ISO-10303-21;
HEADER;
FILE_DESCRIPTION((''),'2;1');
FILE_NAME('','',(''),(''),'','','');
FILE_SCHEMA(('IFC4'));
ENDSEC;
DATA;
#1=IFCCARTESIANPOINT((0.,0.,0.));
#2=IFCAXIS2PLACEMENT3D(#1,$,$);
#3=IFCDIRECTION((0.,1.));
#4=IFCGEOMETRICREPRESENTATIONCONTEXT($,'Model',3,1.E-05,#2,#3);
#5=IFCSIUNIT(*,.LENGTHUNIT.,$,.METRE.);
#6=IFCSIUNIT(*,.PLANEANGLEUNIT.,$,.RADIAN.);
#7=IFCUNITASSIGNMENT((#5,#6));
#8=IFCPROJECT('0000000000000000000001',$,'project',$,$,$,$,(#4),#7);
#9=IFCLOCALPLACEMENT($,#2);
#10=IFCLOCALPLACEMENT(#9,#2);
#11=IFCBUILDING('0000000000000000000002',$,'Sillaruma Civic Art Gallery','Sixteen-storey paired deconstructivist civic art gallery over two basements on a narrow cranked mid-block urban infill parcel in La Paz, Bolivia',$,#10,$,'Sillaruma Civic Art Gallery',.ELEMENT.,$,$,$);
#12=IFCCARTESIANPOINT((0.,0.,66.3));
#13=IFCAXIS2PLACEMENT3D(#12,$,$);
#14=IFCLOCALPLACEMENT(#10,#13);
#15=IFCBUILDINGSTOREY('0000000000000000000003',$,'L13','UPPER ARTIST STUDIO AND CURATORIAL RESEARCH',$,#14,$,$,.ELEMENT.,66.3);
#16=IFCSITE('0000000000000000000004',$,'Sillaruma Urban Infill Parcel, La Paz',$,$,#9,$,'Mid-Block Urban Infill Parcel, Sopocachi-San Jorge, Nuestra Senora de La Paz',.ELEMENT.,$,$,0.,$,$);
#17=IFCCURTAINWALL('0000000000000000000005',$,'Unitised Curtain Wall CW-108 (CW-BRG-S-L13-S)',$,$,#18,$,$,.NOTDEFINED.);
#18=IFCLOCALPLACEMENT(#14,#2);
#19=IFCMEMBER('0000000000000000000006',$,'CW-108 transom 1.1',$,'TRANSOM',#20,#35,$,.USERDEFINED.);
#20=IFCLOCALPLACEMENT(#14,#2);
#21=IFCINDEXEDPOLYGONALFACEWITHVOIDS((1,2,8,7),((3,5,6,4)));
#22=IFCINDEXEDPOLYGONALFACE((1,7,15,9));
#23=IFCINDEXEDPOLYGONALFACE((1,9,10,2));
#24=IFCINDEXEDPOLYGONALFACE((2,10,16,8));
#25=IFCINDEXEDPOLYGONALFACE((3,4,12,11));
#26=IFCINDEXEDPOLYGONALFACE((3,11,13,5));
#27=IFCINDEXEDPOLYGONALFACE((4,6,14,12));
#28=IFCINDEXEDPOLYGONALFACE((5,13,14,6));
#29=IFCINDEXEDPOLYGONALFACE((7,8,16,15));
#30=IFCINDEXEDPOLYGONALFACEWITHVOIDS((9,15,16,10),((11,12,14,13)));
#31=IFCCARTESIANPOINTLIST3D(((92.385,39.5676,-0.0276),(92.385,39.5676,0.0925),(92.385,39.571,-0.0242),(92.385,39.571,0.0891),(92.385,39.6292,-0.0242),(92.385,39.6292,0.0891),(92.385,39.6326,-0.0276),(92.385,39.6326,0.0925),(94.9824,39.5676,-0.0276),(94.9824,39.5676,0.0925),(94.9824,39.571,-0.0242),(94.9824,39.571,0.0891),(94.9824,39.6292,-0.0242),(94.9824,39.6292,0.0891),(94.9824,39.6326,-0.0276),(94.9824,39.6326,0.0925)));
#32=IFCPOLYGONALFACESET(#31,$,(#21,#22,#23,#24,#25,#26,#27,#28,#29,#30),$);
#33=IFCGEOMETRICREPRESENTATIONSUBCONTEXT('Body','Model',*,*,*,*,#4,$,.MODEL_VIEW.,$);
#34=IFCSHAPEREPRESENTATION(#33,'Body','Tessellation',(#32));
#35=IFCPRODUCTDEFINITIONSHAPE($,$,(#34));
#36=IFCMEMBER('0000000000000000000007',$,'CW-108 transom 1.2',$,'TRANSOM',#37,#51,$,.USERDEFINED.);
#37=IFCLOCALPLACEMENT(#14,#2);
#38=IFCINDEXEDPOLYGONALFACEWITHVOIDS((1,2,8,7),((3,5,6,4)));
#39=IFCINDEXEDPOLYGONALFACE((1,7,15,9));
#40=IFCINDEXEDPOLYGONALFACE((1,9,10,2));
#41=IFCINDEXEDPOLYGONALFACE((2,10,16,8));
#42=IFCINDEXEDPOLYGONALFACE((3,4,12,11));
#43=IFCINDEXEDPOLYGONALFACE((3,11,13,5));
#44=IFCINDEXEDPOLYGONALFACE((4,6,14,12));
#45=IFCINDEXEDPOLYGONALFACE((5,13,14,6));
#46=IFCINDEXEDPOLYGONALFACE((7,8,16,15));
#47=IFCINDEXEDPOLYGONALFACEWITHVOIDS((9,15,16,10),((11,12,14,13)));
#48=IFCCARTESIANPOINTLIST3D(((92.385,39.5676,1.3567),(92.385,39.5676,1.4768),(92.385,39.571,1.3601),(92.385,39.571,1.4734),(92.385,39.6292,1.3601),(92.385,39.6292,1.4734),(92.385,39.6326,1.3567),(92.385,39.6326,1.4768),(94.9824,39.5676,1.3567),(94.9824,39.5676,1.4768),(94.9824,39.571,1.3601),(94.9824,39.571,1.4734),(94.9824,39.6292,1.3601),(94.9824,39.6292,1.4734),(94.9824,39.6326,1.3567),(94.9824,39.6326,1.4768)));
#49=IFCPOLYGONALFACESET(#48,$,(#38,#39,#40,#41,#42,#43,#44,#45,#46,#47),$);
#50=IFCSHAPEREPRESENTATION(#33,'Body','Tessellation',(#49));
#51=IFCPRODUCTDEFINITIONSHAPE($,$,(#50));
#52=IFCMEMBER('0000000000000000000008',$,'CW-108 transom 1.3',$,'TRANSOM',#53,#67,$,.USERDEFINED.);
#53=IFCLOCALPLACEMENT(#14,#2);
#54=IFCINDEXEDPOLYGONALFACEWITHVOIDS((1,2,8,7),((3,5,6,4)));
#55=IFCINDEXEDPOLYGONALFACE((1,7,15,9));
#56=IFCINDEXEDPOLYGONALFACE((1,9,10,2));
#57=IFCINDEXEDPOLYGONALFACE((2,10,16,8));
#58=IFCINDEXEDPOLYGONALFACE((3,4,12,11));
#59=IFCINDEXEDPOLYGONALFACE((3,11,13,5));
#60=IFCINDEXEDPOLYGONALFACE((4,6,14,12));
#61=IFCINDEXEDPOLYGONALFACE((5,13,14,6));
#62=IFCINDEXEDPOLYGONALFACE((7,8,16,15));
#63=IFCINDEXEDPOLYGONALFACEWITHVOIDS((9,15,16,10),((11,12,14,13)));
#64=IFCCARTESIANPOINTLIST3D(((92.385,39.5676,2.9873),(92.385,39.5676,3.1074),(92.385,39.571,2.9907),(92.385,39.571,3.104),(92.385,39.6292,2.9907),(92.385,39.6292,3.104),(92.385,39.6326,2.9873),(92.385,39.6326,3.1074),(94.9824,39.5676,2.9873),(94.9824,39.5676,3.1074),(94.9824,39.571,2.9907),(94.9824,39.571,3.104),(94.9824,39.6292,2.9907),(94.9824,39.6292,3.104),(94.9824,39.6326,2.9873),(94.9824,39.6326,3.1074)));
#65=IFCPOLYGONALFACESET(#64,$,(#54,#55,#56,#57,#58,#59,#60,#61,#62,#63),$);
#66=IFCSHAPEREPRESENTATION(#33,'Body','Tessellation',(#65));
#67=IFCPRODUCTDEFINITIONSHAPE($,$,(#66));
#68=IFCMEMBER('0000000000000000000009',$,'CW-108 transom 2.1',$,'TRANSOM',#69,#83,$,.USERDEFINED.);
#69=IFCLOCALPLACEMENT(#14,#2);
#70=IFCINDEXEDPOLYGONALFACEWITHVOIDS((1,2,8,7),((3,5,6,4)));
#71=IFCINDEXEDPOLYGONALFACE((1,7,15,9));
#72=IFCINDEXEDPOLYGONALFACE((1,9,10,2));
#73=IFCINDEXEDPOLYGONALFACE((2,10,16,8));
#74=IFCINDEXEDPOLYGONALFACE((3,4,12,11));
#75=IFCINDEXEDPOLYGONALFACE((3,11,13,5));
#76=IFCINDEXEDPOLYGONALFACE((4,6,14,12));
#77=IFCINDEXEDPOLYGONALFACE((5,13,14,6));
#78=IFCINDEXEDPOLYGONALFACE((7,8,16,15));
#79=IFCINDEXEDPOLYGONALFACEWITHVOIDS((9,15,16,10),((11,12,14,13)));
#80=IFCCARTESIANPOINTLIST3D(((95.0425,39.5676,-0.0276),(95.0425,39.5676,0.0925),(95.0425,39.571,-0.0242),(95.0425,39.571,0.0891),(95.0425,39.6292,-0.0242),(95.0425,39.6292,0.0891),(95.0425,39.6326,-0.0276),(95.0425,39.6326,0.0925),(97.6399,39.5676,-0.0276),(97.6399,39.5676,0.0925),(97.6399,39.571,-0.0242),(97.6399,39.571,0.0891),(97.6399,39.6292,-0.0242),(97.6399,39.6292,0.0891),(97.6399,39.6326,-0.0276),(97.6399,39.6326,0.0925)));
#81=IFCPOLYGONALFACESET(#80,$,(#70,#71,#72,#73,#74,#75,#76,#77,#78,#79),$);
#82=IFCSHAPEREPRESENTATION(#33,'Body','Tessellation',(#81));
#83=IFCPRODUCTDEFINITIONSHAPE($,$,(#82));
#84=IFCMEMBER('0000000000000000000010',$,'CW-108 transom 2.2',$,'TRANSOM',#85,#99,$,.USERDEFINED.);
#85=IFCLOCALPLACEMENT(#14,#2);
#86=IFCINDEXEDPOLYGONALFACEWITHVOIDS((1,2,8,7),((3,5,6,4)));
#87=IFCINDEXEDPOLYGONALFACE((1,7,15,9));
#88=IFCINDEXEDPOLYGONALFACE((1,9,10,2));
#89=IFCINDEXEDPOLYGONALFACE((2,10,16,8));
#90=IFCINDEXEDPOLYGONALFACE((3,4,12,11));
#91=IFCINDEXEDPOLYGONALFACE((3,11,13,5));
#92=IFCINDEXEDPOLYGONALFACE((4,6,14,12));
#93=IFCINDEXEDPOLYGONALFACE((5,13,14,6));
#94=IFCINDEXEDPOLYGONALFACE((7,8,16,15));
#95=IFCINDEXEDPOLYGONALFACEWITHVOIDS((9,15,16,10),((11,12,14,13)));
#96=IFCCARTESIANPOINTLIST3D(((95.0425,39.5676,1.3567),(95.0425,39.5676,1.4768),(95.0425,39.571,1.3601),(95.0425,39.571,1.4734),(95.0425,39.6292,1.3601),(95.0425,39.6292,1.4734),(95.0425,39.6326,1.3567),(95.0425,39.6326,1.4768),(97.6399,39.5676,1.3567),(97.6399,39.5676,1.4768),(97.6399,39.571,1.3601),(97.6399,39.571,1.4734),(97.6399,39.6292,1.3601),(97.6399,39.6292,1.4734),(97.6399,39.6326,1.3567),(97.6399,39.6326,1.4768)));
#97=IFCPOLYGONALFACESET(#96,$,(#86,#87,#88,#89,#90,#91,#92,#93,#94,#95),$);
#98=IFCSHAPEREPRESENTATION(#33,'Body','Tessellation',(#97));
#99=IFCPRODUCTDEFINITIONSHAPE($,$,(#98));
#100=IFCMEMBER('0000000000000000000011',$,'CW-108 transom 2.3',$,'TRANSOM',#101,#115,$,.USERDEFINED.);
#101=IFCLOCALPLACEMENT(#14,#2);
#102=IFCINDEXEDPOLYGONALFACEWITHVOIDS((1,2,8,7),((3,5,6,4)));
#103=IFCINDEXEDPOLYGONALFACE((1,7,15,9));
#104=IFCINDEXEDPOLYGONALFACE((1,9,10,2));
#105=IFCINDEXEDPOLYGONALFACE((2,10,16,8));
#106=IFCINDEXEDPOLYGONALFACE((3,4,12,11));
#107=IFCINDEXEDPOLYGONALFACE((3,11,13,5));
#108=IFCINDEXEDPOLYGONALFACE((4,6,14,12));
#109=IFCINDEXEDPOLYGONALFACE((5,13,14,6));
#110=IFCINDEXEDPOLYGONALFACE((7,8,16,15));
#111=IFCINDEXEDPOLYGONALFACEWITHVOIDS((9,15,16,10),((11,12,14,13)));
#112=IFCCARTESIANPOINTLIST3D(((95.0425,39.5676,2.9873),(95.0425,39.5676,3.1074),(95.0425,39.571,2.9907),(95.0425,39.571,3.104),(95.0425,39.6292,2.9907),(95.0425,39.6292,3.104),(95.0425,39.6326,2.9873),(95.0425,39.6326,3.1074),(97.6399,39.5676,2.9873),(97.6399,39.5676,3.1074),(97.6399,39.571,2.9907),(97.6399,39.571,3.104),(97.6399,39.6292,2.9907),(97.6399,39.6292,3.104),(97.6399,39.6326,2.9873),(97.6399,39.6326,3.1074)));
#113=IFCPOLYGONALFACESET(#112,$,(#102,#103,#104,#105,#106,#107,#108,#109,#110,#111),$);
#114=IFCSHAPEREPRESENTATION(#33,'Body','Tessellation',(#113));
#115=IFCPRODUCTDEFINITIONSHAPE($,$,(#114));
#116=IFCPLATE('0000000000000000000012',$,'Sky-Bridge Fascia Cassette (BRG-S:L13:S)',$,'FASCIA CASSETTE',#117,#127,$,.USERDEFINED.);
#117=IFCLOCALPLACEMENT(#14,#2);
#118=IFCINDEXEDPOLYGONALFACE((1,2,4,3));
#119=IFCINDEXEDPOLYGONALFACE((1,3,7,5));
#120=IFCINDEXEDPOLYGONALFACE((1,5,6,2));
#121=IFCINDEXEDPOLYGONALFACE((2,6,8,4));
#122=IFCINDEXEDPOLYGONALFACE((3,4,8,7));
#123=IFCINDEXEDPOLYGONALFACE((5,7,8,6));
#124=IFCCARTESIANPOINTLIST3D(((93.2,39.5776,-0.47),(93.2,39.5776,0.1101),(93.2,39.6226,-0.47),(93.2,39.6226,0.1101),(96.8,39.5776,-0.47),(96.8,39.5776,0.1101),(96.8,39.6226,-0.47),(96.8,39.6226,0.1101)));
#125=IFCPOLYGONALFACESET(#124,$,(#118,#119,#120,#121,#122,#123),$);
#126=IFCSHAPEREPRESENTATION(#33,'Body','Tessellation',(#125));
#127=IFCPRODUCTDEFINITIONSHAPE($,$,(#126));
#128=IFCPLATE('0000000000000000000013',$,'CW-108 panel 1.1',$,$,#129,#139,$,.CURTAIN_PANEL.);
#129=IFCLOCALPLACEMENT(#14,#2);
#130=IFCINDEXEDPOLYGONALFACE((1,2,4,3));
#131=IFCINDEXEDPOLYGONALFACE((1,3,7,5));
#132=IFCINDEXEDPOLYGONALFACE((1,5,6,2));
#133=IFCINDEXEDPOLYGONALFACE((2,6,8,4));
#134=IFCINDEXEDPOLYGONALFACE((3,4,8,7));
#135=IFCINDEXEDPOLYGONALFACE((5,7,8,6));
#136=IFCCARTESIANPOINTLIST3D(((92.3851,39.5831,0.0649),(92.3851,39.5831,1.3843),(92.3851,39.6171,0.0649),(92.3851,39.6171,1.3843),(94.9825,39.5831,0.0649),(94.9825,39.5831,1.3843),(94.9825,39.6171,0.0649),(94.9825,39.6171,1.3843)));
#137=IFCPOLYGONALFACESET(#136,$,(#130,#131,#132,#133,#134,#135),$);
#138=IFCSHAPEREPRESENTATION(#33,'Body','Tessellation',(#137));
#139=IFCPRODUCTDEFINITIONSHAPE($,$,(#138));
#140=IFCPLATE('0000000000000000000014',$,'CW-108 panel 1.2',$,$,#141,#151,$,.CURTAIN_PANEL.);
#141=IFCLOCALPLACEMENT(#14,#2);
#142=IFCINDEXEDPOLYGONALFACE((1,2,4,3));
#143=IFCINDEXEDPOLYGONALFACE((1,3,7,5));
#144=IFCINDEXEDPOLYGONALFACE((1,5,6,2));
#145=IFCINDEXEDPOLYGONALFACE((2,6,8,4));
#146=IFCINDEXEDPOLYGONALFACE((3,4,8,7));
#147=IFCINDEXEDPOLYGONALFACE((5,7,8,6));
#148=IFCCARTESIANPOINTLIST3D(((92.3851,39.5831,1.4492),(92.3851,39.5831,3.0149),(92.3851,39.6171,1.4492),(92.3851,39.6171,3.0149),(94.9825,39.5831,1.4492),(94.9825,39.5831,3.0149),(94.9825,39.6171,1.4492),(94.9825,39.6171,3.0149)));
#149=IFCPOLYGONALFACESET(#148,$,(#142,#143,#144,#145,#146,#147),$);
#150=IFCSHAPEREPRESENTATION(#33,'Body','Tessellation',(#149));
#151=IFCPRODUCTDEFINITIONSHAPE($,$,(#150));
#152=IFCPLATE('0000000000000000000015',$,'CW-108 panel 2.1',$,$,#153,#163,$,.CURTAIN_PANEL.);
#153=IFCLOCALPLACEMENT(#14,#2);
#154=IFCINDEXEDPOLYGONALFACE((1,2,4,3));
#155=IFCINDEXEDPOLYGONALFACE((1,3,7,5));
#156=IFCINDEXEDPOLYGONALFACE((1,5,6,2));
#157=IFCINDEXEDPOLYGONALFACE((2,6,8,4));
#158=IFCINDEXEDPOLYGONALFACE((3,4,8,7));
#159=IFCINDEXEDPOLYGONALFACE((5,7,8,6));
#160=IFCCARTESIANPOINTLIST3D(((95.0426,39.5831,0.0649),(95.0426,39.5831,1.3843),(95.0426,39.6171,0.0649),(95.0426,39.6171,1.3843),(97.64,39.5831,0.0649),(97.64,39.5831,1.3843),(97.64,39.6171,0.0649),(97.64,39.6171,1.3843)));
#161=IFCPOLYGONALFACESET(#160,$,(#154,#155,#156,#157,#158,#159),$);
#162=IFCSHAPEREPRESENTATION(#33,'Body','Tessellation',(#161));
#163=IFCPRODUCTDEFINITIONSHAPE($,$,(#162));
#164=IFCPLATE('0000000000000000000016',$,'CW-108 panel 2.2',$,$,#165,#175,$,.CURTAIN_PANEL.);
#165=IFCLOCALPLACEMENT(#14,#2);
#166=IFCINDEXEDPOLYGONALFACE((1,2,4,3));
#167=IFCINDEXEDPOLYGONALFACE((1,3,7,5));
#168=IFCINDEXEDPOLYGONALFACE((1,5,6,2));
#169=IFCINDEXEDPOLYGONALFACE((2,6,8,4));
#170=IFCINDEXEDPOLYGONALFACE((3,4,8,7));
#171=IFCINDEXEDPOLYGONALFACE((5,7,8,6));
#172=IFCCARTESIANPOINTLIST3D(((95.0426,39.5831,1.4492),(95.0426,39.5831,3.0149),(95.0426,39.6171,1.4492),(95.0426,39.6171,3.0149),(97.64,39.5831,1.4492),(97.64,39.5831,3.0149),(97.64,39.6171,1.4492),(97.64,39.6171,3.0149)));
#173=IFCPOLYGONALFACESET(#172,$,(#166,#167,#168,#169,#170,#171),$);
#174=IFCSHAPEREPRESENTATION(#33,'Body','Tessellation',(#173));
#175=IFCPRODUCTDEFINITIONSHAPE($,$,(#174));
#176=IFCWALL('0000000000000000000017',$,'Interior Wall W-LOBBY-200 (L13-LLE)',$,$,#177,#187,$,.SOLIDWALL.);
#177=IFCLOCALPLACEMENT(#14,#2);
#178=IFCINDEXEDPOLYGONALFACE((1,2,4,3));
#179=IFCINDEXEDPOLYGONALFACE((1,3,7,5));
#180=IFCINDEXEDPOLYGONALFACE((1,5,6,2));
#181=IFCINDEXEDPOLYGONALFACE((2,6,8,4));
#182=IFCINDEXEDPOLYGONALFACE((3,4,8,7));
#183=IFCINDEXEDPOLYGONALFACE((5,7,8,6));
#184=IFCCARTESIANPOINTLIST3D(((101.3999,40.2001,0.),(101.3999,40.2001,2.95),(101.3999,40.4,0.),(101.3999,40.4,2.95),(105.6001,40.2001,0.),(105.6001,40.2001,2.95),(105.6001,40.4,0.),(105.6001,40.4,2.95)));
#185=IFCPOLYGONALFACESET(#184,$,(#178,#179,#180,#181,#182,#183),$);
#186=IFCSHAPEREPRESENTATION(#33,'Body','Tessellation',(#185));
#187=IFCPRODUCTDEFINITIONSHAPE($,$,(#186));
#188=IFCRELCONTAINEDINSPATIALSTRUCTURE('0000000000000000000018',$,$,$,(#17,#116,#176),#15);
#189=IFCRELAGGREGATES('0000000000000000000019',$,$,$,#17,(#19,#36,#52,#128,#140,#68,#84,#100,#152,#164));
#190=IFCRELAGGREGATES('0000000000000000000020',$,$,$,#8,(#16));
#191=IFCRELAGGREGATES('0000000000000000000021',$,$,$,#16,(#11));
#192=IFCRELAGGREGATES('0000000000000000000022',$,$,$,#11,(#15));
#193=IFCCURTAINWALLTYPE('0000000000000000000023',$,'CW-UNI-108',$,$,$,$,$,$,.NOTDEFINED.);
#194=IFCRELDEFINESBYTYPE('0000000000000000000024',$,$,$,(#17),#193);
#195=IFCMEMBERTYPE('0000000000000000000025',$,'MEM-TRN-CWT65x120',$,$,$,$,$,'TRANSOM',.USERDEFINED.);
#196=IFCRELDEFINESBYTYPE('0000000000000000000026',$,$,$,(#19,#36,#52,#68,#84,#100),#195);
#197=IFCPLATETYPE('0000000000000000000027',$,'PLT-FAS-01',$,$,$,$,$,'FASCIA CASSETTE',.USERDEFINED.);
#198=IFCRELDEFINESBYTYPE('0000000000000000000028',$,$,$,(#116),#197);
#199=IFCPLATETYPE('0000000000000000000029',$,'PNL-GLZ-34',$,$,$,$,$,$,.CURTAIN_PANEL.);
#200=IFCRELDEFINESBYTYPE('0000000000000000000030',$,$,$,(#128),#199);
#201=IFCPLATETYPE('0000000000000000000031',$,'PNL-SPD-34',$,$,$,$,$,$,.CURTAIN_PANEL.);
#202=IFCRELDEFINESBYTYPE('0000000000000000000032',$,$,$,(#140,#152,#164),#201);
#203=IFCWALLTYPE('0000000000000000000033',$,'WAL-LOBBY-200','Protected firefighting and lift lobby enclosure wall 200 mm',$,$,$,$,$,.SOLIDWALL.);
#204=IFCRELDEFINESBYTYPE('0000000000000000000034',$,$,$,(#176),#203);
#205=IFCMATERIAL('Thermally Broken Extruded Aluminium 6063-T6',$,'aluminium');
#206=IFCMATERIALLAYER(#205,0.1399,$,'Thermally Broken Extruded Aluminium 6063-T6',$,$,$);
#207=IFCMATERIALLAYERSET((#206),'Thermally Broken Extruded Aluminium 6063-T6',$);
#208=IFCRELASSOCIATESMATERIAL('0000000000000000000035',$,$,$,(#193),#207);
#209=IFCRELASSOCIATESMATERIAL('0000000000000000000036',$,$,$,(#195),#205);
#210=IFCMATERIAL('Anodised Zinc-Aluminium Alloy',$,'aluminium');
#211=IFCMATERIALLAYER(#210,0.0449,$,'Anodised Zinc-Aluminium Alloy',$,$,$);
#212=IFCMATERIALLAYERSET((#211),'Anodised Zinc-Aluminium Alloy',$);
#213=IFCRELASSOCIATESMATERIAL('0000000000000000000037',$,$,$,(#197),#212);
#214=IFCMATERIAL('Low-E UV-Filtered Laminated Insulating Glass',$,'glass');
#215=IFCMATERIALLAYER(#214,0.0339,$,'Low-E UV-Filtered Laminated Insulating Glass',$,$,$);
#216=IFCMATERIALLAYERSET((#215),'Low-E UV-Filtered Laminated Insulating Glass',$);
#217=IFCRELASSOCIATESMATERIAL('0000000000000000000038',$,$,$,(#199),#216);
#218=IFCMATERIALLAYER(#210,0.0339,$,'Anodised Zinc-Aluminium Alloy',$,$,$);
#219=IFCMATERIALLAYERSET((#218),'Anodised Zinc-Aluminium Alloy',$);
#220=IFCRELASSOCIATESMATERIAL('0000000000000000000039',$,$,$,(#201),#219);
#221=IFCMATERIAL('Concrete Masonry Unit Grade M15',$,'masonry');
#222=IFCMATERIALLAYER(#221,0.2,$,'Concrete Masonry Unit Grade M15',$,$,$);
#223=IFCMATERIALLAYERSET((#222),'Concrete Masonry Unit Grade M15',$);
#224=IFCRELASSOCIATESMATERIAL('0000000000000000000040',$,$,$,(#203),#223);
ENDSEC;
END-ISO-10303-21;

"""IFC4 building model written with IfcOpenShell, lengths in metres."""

from ifc_helpers import new_model, si_unit, direction, frame, frame_2d, origin, origin_2d, place, context, subcontext, project, spatial, rectangle, hollow_rectangle, extrude, material, layer, layer_set, material_profile, profile_set, type_object, element, aggregate, save


model = new_model("IFC4")

# Units and contexts
model_context = context("Model", 3, precision=1e-05, world=origin(), true_north=direction((0.0, 1.0)))
body_context = subcontext(model_context, "Body", "Model", "MODEL_VIEW")
ifc_project = project(units=[si_unit("LENGTHUNIT", "METRE"), si_unit("PLANEANGLEUNIT", "RADIAN")], contexts=[model_context])

# Site, building, storey
site_placement = place(None, origin())
site = spatial("IfcSite", under=ifc_project, at=site_placement, Name="Sillaruma Urban Infill Parcel, La Paz", LongName="Mid-Block Urban Infill Parcel, Sopocachi-San Jorge, Nuestra Senora de La Paz", CompositionType="ELEMENT", RefElevation=0.0)
building_placement = place(site_placement, origin())
building = spatial("IfcBuilding", under=site, at=building_placement, Name="Sillaruma Civic Art Gallery", Description="Sixteen-storey paired deconstructivist civic art gallery over two basements on a narrow cranked mid-block urban infill parcel in La Paz, Bolivia", LongName="Sillaruma Civic Art Gallery", CompositionType="ELEMENT")
storey_placement = place(building_placement, frame((0.0, 0.0, 66.3)))
storey = spatial("IfcBuildingStorey", under=building, at=storey_placement, Name="L13", Description="UPPER ARTIST STUDIO AND CURATORIAL RESEARCH", CompositionType="ELEMENT", Elevation=66.3)

# Curtain wall, members
ifc_material_1 = material(Name="Thermally Broken Extruded Aluminium 6063-T6", Category="aluminium")
ifc_layer_1 = layer(ifc_material_1, 0.1399, Name="Thermally Broken Extruded Aluminium 6063-T6")
ifc_layer_set_1 = layer_set([ifc_layer_1], Name="Thermally Broken Extruded Aluminium 6063-T6")
curtain_wall_type = type_object("IfcCurtainWallType", Name="CW-UNI-108", PredefinedType="NOTDEFINED", material=ifc_layer_set_1)
curtain_wall_placement = place(storey_placement, origin())
curtain_wall = element("IfcCurtainWall", 1, at=curtain_wall_placement, inside=storey, type_object=curtain_wall_type, Name="Unitised Curtain Wall CW-108 (CW-BRG-S-L13-S)", PredefinedType="NOTDEFINED")
ifc_material_profile_1 = material_profile(ifc_material_1, hollow_rectangle(XDim=0.0649, YDim=0.1201, WallThickness=0.0034, at=origin_2d()), Name="CWT65x120")
ifc_profile_set_1 = profile_set([ifc_material_profile_1], Name="Thermally Broken Extruded Aluminium 6063-T6")
member_type_1 = type_object("IfcMemberType", Name="MEM-TRN-CWT65x120", ElementType="TRANSOM", PredefinedType="USERDEFINED", material=ifc_profile_set_1)
member_1_placement = place(storey_placement, frame((92.385, 39.6001, 0.0325), z_axis=(1.0, 0.0, 0.0), x_axis=(0.0, 1.0, 0.0)))
member_1 = element("IfcMember", 2, at=member_1_placement, type_object=member_type_1, Name="CW-108 transom 1.1", ObjectType="TRANSOM", PredefinedType="USERDEFINED", context=body_context, shape_type="SweptSolid", body=[
    extrude(hollow_rectangle(XDim=0.0649, YDim=0.1201, WallThickness=0.0034, at=origin_2d()), origin(), (0.0, 0.0, 1.0), 2.5974),
])
member_2_placement = place(storey_placement, frame((92.385, 39.6001, 1.4167), z_axis=(1.0, 0.0, 0.0), x_axis=(0.0, 1.0, 0.0)))
member_2 = element("IfcMember", 3, at=member_2_placement, type_object=member_type_1, Name="CW-108 transom 1.2", ObjectType="TRANSOM", PredefinedType="USERDEFINED", context=body_context, shape_type="SweptSolid", body=[
    extrude(hollow_rectangle(XDim=0.0649, YDim=0.1201, WallThickness=0.0034, at=origin_2d()), origin(), (0.0, 0.0, 1.0), 2.5974),
])
member_3_placement = place(storey_placement, frame((92.385, 39.6001, 3.0474), z_axis=(1.0, 0.0, 0.0), x_axis=(0.0, 1.0, 0.0)))
member_3 = element("IfcMember", 4, at=member_3_placement, type_object=member_type_1, Name="CW-108 transom 1.3", ObjectType="TRANSOM", PredefinedType="USERDEFINED", context=body_context, shape_type="SweptSolid", body=[
    extrude(hollow_rectangle(XDim=0.0649, YDim=0.1201, WallThickness=0.0034, at=origin_2d()), origin(), (0.0, 0.0, 1.0), 2.5974),
])
member_4_placement = place(storey_placement, frame((95.0425, 39.6001, 0.0325), z_axis=(1.0, 0.0, 0.0), x_axis=(0.0, 1.0, 0.0)))
member_4 = element("IfcMember", 5, at=member_4_placement, type_object=member_type_1, Name="CW-108 transom 2.1", ObjectType="TRANSOM", PredefinedType="USERDEFINED", context=body_context, shape_type="SweptSolid", body=[
    extrude(hollow_rectangle(XDim=0.0649, YDim=0.1201, WallThickness=0.0034, at=origin_2d()), origin(), (0.0, 0.0, 1.0), 2.5974),
])
member_5_placement = place(storey_placement, frame((95.0425, 39.6001, 1.4167), z_axis=(1.0, 0.0, 0.0), x_axis=(0.0, 1.0, 0.0)))
member_5 = element("IfcMember", 6, at=member_5_placement, type_object=member_type_1, Name="CW-108 transom 2.2", ObjectType="TRANSOM", PredefinedType="USERDEFINED", context=body_context, shape_type="SweptSolid", body=[
    extrude(hollow_rectangle(XDim=0.0649, YDim=0.1201, WallThickness=0.0034, at=origin_2d()), origin(), (0.0, 0.0, 1.0), 2.5974),
])
member_6_placement = place(storey_placement, frame((95.0425, 39.6001, 3.0474), z_axis=(1.0, 0.0, 0.0), x_axis=(0.0, 1.0, 0.0)))
member_6 = element("IfcMember", 7, at=member_6_placement, type_object=member_type_1, Name="CW-108 transom 2.3", ObjectType="TRANSOM", PredefinedType="USERDEFINED", context=body_context, shape_type="SweptSolid", body=[
    extrude(hollow_rectangle(XDim=0.0649, YDim=0.1201, WallThickness=0.0034, at=origin_2d()), origin(), (0.0, 0.0, 1.0), 2.5974),
])

# Plates
ifc_material_2 = material(Name="Anodised Zinc-Aluminium Alloy", Category="aluminium")
ifc_layer_2 = layer(ifc_material_2, 0.0449, Name="Anodised Zinc-Aluminium Alloy")
ifc_layer_set_2 = layer_set([ifc_layer_2], Name="Anodised Zinc-Aluminium Alloy")
plate_type_1 = type_object("IfcPlateType", Name="PLT-FAS-01", ElementType="FASCIA CASSETTE", PredefinedType="USERDEFINED", material=ifc_layer_set_2)
plate_1_placement = place(storey_placement, frame((95.0, 39.6001, -0.47), z_axis=(0.0, 0.0, 1.0), x_axis=(1.0, 0.0, 0.0)))
element("IfcPlate", 8, at=plate_1_placement, inside=storey, type_object=plate_type_1, Name="Sky-Bridge Fascia Cassette (BRG-S:L13:S)", ObjectType="FASCIA CASSETTE", PredefinedType="USERDEFINED", context=body_context, shape_type="SweptSolid", body=[
    extrude(rectangle(XDim=3.6001, YDim=0.0449, at=origin_2d()), origin(), (0.0, 0.0, 1.0), 0.5801),
])
ifc_material_3 = material(Name="Low-E UV-Filtered Laminated Insulating Glass", Category="glass")
ifc_layer_3 = layer(ifc_material_3, 0.0339, Name="Low-E UV-Filtered Laminated Insulating Glass")
ifc_layer_set_3 = layer_set([ifc_layer_3], Name="Low-E UV-Filtered Laminated Insulating Glass")
plate_type_2 = type_object("IfcPlateType", Name="PNL-GLZ-34", PredefinedType="CURTAIN_PANEL", material=ifc_layer_set_3)
plate_2_placement = place(storey_placement, frame((93.6838, 39.6001, 0.0649), z_axis=(0.0, 0.0, 1.0), x_axis=(1.0, 0.0, 0.0)))
plate_2 = element("IfcPlate", 9, at=plate_2_placement, type_object=plate_type_2, Name="CW-108 panel 1.1", PredefinedType="CURTAIN_PANEL", context=body_context, shape_type="SweptSolid", body=[
    extrude(rectangle(XDim=2.5974, YDim=0.0339, at=origin_2d()), origin(), (0.0, 0.0, 1.0), 1.3193),
])
ifc_layer_4 = layer(ifc_material_2, 0.0339, Name="Anodised Zinc-Aluminium Alloy")
ifc_layer_set_4 = layer_set([ifc_layer_4], Name="Anodised Zinc-Aluminium Alloy")
plate_type_3 = type_object("IfcPlateType", Name="PNL-SPD-34", PredefinedType="CURTAIN_PANEL", material=ifc_layer_set_4)
plate_3_placement = place(storey_placement, frame((93.6838, 39.6001, 1.4492), z_axis=(0.0, 0.0, 1.0), x_axis=(1.0, 0.0, 0.0)))
plate_3 = element("IfcPlate", 10, at=plate_3_placement, type_object=plate_type_3, Name="CW-108 panel 1.2", PredefinedType="CURTAIN_PANEL", context=body_context, shape_type="SweptSolid", body=[
    extrude(rectangle(XDim=2.5974, YDim=0.0339, at=origin_2d()), origin(), (0.0, 0.0, 1.0), 1.5657),
])
plate_4_placement = place(storey_placement, frame((96.3413, 39.6001, 0.0649), z_axis=(0.0, 0.0, 1.0), x_axis=(1.0, 0.0, 0.0)))
plate_4 = element("IfcPlate", 11, at=plate_4_placement, type_object=plate_type_3, Name="CW-108 panel 2.1", PredefinedType="CURTAIN_PANEL", context=body_context, shape_type="SweptSolid", body=[
    extrude(rectangle(XDim=2.5974, YDim=0.0339, at=origin_2d()), origin(), (0.0, 0.0, 1.0), 1.3193),
])
plate_5_placement = place(storey_placement, frame((96.3413, 39.6001, 1.4492), z_axis=(0.0, 0.0, 1.0), x_axis=(1.0, 0.0, 0.0)))
plate_5 = element("IfcPlate", 12, at=plate_5_placement, type_object=plate_type_3, Name="CW-108 panel 2.2", PredefinedType="CURTAIN_PANEL", context=body_context, shape_type="SweptSolid", body=[
    extrude(rectangle(XDim=2.5974, YDim=0.0339, at=origin_2d()), origin(), (0.0, 0.0, 1.0), 1.5657),
])
aggregate(curtain_wall, [member_1, member_2, member_3, plate_2, plate_3, member_4, member_5, member_6, plate_4, plate_5])

# Wall
ifc_material_4 = material(Name="Concrete Masonry Unit Grade M15", Category="masonry")
ifc_layer_5 = layer(ifc_material_4, 0.2, Name="Concrete Masonry Unit Grade M15")
ifc_layer_set_5 = layer_set([ifc_layer_5], Name="Concrete Masonry Unit Grade M15")
wall_type = type_object("IfcWallType", Name="WAL-LOBBY-200", Description="Protected firefighting and lift lobby enclosure wall 200 mm", PredefinedType="SOLIDWALL", material=ifc_layer_set_5)
wall_1_placement = place(storey_placement, frame((101.3999, 40.3, 0.0), z_axis=(0.0, 0.0, 1.0), x_axis=(1.0, 0.0, 0.0)))
element("IfcWall", 13, at=wall_1_placement, inside=storey, type_object=wall_type, Name="Interior Wall W-LOBBY-200 (L13-LLE)", PredefinedType="SOLIDWALL", context=body_context, shape_type="SweptSolid", body=[
    extrude(rectangle(XDim=4.2002, YDim=0.2, at=frame_2d((2.1001, 0.0))), origin(), (0.0, 0.0, 1.0), 2.95),
])

save(model, "model.ifc")
